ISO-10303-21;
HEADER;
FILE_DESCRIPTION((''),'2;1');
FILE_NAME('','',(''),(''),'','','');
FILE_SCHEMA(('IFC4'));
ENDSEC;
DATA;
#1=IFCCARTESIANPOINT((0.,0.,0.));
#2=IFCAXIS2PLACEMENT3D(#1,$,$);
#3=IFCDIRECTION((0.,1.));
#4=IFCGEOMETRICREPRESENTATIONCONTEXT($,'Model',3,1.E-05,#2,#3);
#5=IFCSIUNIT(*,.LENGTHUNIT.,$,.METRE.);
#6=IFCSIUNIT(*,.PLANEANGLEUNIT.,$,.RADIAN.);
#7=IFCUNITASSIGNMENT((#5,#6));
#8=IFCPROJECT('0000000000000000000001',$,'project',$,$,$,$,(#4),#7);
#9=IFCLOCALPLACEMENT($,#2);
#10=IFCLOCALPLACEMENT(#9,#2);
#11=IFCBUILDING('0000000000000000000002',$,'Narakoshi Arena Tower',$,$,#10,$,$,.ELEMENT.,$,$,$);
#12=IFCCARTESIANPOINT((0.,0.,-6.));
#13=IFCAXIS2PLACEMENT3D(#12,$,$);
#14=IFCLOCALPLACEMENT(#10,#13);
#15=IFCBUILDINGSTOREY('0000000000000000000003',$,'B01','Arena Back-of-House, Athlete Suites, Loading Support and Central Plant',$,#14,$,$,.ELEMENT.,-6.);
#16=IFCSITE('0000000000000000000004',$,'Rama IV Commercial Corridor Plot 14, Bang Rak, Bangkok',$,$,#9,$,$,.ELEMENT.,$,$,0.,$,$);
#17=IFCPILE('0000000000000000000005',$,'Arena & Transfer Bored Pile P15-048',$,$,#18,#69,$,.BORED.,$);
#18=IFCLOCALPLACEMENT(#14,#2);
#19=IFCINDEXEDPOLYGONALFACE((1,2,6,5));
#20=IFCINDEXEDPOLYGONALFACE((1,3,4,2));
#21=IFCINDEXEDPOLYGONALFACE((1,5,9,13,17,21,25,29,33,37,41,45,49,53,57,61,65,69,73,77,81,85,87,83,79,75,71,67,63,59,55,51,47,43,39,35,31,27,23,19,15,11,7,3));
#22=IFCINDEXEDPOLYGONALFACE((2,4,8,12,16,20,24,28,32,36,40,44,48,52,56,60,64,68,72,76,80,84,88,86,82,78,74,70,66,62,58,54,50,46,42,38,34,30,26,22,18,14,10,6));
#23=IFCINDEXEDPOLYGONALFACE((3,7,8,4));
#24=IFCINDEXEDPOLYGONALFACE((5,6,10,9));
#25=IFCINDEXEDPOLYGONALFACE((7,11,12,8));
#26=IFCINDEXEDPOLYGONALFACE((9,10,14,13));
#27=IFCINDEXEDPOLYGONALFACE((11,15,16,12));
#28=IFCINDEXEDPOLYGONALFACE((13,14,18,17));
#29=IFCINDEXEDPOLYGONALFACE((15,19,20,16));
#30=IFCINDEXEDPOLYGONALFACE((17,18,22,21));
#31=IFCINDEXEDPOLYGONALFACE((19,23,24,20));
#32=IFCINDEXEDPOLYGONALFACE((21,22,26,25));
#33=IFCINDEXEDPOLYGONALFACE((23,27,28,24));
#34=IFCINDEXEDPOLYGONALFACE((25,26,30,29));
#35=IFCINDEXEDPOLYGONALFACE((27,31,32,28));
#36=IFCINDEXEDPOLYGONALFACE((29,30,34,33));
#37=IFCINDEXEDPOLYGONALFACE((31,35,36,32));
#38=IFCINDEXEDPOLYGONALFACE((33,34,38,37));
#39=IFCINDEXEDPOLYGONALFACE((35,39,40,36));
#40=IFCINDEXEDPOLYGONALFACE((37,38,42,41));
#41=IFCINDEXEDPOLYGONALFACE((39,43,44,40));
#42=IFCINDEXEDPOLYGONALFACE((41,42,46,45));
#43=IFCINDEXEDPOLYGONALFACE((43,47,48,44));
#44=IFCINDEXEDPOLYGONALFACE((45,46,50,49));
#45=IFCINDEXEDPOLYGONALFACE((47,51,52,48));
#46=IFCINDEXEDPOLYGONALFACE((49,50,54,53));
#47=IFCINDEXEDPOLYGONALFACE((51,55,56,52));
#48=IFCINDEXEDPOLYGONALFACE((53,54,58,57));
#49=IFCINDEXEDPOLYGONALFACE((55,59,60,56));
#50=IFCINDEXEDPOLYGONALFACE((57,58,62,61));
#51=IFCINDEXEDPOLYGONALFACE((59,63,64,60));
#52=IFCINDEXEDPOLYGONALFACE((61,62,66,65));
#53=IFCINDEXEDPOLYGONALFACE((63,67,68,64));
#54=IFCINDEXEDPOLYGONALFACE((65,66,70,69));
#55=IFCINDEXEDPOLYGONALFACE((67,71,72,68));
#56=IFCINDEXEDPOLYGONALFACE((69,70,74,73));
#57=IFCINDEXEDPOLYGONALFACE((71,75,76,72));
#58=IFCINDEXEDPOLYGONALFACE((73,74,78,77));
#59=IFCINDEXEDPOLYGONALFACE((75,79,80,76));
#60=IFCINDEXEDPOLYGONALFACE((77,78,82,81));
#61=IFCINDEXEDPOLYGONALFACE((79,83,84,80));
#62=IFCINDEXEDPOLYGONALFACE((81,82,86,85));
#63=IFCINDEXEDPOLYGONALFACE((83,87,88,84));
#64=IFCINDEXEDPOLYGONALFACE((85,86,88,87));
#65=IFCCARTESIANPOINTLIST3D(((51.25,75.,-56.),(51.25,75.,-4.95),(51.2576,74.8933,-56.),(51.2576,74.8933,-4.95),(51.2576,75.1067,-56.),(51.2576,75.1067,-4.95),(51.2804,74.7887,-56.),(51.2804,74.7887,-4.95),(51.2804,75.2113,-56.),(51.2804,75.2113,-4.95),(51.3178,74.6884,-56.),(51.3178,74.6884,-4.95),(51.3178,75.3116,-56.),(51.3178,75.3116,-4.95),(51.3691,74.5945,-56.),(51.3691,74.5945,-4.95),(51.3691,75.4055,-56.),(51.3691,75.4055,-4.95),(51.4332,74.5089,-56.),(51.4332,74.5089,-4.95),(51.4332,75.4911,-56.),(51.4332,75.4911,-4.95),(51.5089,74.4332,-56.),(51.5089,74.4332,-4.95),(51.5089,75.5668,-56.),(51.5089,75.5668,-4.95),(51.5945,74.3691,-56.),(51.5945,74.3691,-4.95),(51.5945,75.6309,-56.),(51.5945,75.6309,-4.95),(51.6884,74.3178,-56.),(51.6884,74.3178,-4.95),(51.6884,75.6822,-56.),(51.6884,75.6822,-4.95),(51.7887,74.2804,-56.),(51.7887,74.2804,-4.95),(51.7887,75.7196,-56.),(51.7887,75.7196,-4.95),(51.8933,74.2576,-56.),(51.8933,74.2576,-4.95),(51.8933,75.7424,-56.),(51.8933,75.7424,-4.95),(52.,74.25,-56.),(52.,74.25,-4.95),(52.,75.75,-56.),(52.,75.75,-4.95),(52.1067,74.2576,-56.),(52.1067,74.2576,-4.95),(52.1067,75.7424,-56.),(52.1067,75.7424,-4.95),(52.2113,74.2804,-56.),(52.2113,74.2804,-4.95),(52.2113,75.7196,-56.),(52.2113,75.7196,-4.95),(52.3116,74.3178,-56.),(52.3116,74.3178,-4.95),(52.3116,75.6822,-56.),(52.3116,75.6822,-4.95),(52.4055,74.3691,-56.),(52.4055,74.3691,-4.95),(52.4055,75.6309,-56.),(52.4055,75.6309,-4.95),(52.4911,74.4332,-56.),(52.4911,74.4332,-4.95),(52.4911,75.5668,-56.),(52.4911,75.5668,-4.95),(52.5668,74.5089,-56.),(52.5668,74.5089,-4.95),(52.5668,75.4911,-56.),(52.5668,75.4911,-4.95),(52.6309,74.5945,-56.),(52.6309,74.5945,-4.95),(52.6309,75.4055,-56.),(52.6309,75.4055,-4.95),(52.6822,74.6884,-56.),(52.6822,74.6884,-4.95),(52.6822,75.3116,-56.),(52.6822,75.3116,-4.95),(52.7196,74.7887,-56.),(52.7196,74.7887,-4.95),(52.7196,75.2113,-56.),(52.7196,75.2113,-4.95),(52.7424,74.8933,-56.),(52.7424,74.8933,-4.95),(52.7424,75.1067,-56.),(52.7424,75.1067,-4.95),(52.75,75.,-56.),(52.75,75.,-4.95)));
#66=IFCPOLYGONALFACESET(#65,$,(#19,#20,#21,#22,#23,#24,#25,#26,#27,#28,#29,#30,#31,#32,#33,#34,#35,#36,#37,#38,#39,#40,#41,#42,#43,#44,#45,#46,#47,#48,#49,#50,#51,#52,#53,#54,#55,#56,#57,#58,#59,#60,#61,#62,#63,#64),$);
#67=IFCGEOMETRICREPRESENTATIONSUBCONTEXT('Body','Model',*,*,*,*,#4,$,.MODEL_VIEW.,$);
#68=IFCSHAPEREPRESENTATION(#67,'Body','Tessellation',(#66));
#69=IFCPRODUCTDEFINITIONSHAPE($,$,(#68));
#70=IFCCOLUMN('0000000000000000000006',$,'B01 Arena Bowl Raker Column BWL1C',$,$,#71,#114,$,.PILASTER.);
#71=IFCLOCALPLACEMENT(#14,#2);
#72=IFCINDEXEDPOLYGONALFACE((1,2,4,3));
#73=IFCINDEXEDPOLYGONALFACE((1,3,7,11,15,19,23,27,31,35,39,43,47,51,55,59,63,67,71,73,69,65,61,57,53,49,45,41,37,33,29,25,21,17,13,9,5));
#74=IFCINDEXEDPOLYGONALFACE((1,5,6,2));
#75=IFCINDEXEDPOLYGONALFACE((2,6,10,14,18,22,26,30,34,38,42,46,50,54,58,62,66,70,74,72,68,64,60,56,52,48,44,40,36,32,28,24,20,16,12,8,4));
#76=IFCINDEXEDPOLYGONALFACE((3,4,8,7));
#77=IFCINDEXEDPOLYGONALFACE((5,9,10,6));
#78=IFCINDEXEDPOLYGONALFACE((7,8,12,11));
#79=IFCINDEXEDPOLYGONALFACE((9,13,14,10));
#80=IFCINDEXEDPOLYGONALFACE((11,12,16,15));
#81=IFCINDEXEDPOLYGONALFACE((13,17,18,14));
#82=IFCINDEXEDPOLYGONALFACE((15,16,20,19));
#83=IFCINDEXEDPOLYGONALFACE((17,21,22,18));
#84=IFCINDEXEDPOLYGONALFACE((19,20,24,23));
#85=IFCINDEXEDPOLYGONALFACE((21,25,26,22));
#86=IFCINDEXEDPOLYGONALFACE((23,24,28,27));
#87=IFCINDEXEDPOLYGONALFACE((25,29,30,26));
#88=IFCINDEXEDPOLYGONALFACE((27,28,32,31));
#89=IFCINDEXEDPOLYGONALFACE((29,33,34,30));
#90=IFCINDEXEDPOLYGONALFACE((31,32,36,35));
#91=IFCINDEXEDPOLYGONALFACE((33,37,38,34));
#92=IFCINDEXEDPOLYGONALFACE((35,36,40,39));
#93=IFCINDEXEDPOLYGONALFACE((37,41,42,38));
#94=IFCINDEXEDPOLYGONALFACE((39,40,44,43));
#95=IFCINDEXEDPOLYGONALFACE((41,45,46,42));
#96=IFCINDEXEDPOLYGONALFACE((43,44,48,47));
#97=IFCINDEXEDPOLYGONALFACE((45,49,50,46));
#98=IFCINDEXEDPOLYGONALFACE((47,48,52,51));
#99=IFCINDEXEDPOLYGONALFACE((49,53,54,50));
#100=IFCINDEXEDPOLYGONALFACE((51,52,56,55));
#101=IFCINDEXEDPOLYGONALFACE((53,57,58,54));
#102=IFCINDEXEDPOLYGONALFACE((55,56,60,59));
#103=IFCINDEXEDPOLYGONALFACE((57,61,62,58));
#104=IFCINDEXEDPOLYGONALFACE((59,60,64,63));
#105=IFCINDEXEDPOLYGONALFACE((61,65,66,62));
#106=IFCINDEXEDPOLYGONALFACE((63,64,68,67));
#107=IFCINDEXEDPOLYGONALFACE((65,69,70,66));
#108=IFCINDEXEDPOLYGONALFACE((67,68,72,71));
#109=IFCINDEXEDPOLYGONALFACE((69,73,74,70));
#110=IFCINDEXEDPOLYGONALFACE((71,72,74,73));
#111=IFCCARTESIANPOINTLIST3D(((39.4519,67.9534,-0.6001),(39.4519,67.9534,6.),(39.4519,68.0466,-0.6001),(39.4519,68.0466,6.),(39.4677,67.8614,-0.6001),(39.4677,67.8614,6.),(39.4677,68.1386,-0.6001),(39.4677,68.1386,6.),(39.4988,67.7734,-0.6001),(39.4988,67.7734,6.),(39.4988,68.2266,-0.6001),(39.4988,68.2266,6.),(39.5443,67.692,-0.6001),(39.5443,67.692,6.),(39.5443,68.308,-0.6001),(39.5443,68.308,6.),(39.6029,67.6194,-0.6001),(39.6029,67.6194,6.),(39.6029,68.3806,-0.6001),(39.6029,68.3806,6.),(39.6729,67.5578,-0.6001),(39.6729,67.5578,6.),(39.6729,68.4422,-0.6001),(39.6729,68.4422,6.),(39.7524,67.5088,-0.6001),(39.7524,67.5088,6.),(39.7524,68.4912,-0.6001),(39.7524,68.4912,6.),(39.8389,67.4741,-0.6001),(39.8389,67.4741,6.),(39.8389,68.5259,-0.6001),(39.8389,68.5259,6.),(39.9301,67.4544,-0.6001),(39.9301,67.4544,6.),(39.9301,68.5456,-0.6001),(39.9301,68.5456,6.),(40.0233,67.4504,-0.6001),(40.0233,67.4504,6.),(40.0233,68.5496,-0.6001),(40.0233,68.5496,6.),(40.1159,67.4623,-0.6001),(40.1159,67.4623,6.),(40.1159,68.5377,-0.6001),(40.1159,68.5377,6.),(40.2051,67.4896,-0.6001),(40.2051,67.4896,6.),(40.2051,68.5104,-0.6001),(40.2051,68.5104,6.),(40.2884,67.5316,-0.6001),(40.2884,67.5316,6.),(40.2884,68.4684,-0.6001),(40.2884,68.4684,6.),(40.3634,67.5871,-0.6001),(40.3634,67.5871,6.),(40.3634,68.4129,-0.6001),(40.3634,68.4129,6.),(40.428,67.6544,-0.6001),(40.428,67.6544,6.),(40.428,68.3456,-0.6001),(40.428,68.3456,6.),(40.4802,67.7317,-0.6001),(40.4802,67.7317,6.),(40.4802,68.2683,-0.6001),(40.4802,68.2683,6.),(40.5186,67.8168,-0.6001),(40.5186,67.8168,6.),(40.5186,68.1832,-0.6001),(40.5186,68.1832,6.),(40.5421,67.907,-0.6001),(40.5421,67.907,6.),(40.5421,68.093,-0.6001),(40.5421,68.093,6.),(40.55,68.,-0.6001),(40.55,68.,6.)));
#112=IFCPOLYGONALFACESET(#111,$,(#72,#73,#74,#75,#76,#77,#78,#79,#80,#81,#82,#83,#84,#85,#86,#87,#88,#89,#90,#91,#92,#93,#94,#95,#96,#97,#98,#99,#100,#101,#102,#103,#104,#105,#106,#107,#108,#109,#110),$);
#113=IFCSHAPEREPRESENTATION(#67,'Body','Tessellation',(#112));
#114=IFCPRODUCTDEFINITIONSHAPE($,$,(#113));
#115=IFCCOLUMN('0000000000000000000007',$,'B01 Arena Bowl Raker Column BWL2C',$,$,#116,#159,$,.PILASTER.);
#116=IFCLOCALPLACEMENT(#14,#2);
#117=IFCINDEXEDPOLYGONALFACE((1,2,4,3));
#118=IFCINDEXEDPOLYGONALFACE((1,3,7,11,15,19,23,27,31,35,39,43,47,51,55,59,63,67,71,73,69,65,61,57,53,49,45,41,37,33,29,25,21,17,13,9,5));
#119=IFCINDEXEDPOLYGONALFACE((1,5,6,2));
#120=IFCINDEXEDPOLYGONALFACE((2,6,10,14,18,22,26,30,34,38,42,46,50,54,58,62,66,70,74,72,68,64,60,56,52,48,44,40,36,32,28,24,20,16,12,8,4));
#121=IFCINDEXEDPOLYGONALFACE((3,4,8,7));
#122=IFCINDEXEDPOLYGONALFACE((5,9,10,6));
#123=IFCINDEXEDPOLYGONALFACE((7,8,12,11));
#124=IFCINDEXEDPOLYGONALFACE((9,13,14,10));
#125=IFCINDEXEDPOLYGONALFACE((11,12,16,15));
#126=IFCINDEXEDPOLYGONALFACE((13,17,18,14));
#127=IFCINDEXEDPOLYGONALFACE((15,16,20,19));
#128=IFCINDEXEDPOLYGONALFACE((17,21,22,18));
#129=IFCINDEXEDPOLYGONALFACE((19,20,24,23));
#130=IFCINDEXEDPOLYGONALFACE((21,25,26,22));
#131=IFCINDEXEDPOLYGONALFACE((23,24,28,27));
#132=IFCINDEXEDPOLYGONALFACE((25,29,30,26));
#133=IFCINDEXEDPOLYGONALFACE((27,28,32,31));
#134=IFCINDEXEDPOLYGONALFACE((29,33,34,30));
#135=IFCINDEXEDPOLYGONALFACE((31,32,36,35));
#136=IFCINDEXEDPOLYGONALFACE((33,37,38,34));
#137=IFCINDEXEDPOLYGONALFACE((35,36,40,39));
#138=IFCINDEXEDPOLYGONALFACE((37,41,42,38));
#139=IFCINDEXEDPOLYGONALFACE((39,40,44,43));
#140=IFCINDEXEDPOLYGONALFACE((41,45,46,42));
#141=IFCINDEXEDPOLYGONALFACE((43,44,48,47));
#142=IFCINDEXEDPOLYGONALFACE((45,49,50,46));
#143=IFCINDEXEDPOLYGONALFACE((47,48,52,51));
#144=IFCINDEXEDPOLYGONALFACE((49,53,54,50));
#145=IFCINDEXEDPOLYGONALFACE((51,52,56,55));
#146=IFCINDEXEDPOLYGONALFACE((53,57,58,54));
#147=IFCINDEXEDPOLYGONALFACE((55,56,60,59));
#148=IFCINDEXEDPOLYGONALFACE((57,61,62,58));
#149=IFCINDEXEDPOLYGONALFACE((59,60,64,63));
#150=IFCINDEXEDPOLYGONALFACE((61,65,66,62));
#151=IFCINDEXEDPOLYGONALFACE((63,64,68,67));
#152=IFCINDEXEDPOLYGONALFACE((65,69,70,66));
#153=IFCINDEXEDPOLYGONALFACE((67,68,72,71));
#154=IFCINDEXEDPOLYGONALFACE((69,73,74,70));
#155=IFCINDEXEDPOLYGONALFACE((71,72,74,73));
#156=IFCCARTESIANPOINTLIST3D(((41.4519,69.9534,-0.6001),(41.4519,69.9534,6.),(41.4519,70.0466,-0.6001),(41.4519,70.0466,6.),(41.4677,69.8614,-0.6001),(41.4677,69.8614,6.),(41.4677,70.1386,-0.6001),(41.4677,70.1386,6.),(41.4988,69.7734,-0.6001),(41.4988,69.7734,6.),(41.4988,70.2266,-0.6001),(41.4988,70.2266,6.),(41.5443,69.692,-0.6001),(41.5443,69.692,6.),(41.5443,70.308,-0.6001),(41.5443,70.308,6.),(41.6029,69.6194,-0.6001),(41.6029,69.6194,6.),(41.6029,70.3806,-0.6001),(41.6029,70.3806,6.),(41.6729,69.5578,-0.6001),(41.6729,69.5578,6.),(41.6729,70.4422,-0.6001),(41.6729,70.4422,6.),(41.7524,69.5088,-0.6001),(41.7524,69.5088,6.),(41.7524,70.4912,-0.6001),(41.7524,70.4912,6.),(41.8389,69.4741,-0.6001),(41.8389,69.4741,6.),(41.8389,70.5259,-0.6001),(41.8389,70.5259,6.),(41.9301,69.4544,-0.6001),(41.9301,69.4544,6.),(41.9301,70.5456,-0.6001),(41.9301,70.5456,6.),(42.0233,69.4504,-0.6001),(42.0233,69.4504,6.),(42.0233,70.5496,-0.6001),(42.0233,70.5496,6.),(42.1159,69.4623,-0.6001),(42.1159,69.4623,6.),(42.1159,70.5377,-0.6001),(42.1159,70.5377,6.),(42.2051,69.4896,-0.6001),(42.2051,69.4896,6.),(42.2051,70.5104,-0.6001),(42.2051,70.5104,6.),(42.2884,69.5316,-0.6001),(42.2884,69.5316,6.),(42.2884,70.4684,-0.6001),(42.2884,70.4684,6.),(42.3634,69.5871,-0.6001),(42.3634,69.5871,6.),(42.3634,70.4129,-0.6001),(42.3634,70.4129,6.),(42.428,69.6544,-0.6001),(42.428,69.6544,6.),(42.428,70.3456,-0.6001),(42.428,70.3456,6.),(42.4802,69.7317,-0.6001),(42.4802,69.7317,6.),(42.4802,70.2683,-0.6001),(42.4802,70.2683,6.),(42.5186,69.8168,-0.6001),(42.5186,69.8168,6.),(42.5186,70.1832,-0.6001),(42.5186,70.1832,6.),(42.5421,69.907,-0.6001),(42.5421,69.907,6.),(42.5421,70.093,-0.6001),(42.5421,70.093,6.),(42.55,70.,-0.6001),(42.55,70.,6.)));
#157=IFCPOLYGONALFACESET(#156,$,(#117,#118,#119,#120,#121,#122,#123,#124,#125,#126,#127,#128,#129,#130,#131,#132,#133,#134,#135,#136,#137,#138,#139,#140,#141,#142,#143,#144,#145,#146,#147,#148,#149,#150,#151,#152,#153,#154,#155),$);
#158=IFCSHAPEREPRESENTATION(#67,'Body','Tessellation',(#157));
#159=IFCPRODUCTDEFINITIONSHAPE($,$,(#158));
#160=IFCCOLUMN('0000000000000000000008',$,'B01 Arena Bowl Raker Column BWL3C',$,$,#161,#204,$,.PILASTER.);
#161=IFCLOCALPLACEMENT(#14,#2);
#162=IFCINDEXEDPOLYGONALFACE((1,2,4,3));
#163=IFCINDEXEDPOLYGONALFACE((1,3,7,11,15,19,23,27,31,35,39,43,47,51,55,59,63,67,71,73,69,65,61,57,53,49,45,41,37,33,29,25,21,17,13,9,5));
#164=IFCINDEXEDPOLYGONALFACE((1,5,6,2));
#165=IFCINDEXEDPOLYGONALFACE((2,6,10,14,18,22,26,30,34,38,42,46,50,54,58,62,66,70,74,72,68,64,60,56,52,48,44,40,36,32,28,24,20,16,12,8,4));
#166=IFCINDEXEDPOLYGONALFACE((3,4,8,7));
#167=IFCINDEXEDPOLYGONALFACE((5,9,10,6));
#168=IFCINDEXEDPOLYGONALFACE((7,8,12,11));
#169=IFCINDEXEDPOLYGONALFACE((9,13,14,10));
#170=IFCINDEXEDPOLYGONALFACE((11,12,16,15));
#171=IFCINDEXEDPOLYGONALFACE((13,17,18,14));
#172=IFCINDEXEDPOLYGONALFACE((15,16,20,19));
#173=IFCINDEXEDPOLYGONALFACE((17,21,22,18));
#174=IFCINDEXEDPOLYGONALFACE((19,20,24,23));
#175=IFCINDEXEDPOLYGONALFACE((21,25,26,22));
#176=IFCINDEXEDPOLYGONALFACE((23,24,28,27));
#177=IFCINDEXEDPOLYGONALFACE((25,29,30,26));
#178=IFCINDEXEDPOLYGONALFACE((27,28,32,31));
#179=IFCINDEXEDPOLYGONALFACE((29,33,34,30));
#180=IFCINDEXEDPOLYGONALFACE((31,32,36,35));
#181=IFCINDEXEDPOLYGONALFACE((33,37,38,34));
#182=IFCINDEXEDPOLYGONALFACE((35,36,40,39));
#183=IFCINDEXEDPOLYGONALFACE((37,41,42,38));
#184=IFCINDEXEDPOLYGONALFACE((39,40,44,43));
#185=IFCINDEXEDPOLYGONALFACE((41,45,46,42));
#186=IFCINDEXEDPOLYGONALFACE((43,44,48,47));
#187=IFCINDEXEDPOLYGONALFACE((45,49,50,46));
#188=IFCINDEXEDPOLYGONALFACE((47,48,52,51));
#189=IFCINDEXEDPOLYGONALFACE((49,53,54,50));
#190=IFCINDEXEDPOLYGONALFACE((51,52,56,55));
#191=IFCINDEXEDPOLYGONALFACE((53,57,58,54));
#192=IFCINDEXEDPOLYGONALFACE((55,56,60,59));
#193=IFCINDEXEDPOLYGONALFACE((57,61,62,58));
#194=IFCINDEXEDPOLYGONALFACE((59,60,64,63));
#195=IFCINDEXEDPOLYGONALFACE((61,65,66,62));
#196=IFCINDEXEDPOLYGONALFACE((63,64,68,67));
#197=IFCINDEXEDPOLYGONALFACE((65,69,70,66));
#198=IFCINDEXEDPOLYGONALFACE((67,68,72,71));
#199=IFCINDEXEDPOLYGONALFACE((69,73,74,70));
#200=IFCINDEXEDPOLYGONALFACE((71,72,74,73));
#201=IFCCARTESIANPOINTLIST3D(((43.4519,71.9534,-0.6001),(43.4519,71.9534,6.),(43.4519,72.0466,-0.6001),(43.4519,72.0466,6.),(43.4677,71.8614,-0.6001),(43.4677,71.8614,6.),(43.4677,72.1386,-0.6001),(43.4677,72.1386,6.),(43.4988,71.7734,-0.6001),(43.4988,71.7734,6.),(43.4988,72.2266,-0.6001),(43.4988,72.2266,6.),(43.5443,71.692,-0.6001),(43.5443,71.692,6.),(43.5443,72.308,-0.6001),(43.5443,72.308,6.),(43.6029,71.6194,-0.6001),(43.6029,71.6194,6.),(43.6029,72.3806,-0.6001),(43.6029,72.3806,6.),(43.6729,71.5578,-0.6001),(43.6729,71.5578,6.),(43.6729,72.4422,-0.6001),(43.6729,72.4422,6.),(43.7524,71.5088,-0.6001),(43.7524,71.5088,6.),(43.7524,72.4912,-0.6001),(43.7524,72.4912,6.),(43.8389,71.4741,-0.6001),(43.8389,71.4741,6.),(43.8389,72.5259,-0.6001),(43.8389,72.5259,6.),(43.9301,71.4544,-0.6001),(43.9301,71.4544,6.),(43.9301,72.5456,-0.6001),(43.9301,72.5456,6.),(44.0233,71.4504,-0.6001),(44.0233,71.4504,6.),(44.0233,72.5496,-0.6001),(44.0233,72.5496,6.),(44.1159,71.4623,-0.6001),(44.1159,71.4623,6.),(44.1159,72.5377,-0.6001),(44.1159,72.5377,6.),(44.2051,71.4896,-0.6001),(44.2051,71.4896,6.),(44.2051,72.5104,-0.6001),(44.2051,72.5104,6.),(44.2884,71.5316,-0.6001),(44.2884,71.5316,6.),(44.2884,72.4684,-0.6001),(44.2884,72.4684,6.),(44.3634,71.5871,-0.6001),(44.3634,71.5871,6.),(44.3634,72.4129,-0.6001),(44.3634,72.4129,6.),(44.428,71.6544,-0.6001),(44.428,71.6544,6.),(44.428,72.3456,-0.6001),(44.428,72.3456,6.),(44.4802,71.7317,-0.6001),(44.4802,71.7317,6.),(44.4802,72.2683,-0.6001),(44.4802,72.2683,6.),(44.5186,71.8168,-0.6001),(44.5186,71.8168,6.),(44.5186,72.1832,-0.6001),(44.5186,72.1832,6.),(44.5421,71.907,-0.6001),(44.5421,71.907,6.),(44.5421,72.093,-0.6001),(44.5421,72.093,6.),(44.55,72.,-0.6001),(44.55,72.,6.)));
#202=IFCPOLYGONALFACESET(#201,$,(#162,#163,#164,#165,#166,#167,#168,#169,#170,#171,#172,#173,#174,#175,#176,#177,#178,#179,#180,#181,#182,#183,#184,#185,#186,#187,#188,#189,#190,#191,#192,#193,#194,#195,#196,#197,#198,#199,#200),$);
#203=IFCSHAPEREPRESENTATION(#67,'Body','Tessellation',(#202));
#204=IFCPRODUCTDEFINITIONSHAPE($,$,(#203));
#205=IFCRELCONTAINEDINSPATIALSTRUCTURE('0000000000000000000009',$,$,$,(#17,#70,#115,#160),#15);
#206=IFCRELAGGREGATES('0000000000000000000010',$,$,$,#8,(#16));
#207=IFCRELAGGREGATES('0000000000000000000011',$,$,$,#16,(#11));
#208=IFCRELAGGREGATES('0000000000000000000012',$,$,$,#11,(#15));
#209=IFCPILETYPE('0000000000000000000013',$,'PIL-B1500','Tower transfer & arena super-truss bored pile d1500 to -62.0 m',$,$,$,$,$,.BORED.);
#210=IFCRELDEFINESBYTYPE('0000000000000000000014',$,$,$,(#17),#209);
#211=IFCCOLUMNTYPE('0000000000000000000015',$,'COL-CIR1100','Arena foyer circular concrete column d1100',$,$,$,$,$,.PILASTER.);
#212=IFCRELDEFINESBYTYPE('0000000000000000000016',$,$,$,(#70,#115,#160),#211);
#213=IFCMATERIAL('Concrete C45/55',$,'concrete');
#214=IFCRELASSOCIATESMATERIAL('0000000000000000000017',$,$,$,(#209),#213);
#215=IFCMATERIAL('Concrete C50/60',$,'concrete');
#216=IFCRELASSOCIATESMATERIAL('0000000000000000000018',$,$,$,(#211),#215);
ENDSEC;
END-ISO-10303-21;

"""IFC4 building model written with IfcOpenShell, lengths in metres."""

from ifc_helpers import new_model, si_unit, direction, frame, origin, origin_2d, place, context, subcontext, project, spatial, circle, extrude, material, material_profile, profile_set, type_object, element, save


model = new_model("IFC4")

# Units and contexts
model_context = context("Model", 3, precision=1e-05, world=origin(), true_north=direction((0.0, 1.0)))
body_context = subcontext(model_context, "Body", "Model", "MODEL_VIEW")
ifc_project = project(units=[si_unit("LENGTHUNIT", "METRE"), si_unit("PLANEANGLEUNIT", "RADIAN")], contexts=[model_context])

# Site, building, storey
site_placement = place(None, origin())
site = spatial("IfcSite", under=ifc_project, at=site_placement, Name="Rama IV Commercial Corridor Plot 14, Bang Rak, Bangkok", CompositionType="ELEMENT", RefElevation=0.0)
building_placement = place(site_placement, origin())
building = spatial("IfcBuilding", under=site, at=building_placement, Name="Narakoshi Arena Tower", CompositionType="ELEMENT")
storey_placement = place(building_placement, frame((0.0, 0.0, -6.0)))
storey = spatial("IfcBuildingStorey", under=building, at=storey_placement, Name="B01", Description="Arena Back-of-House, Athlete Suites, Loading Support and Central Plant", CompositionType="ELEMENT", Elevation=-6.0)

# Pile
ifc_material_1 = material(Name="Concrete C45/55", Category="concrete")
ifc_material_profile_1 = material_profile(ifc_material_1, circle(Radius=0.75, at=origin_2d()), Name="PILE-D1500")
ifc_profile_set_1 = profile_set([ifc_material_profile_1], Name="Concrete C45/55")
pile_type_1 = type_object("IfcPileType", Name="PIL-B1500", Description="Tower transfer & arena super-truss bored pile d1500 to -62.0 m", PredefinedType="BORED", material=ifc_profile_set_1)
for number, where, z_axis, x_axis, name in (
    (1, (52.0, 75.0, -4.95), (0.0, 0.0, -1.0), (1.0, 0.0, 0.0), "Arena & Transfer Bored Pile P15-048"),
):
    element("IfcPile", number, at=place(storey_placement, frame(where, z_axis=z_axis, x_axis=x_axis)), inside=storey, type_object=pile_type_1, Name=name, PredefinedType="BORED", context=body_context, shape_type="SweptSolid", body=[
        extrude(circle(Radius=0.75, at=origin_2d()), origin(), (0.0, 0.0, 1.0), 51.05),
    ])

# Columns
ifc_material_2 = material(Name="Concrete C50/60", Category="concrete")
ifc_material_profile_2 = material_profile(ifc_material_2, circle(Radius=0.55, at=origin_2d()), Name="RCC1100")
ifc_profile_set_2 = profile_set([ifc_material_profile_2], Name="Concrete C50/60")
column_type_1 = type_object("IfcColumnType", Name="COL-CIR1100", Description="Arena foyer circular concrete column d1100", PredefinedType="PILASTER", material=ifc_profile_set_2)
for number, where, z_axis, x_axis, name in (
    (2, (40.0, 68.0, -0.6001), (0.0, 0.0, 1.0), (1.0, 0.0, 0.0), "B01 Arena Bowl Raker Column BWL1C"),
    (3, (42.0, 70.0, -0.6001), (0.0, 0.0, 1.0), (1.0, 0.0, 0.0), "B01 Arena Bowl Raker Column BWL2C"),
    (4, (44.0, 72.0, -0.6001), (0.0, 0.0, 1.0), (1.0, 0.0, 0.0), "B01 Arena Bowl Raker Column BWL3C"),
):
    element("IfcColumn", number, at=place(storey_placement, frame(where, z_axis=z_axis, x_axis=x_axis)), inside=storey, type_object=column_type_1, Name=name, PredefinedType="PILASTER", context=body_context, shape_type="SweptSolid", body=[
        extrude(circle(Radius=0.55, at=origin_2d()), origin(), (0.0, 0.0, 1.0), 6.6001),
    ])

save(model, "model.ifc")
